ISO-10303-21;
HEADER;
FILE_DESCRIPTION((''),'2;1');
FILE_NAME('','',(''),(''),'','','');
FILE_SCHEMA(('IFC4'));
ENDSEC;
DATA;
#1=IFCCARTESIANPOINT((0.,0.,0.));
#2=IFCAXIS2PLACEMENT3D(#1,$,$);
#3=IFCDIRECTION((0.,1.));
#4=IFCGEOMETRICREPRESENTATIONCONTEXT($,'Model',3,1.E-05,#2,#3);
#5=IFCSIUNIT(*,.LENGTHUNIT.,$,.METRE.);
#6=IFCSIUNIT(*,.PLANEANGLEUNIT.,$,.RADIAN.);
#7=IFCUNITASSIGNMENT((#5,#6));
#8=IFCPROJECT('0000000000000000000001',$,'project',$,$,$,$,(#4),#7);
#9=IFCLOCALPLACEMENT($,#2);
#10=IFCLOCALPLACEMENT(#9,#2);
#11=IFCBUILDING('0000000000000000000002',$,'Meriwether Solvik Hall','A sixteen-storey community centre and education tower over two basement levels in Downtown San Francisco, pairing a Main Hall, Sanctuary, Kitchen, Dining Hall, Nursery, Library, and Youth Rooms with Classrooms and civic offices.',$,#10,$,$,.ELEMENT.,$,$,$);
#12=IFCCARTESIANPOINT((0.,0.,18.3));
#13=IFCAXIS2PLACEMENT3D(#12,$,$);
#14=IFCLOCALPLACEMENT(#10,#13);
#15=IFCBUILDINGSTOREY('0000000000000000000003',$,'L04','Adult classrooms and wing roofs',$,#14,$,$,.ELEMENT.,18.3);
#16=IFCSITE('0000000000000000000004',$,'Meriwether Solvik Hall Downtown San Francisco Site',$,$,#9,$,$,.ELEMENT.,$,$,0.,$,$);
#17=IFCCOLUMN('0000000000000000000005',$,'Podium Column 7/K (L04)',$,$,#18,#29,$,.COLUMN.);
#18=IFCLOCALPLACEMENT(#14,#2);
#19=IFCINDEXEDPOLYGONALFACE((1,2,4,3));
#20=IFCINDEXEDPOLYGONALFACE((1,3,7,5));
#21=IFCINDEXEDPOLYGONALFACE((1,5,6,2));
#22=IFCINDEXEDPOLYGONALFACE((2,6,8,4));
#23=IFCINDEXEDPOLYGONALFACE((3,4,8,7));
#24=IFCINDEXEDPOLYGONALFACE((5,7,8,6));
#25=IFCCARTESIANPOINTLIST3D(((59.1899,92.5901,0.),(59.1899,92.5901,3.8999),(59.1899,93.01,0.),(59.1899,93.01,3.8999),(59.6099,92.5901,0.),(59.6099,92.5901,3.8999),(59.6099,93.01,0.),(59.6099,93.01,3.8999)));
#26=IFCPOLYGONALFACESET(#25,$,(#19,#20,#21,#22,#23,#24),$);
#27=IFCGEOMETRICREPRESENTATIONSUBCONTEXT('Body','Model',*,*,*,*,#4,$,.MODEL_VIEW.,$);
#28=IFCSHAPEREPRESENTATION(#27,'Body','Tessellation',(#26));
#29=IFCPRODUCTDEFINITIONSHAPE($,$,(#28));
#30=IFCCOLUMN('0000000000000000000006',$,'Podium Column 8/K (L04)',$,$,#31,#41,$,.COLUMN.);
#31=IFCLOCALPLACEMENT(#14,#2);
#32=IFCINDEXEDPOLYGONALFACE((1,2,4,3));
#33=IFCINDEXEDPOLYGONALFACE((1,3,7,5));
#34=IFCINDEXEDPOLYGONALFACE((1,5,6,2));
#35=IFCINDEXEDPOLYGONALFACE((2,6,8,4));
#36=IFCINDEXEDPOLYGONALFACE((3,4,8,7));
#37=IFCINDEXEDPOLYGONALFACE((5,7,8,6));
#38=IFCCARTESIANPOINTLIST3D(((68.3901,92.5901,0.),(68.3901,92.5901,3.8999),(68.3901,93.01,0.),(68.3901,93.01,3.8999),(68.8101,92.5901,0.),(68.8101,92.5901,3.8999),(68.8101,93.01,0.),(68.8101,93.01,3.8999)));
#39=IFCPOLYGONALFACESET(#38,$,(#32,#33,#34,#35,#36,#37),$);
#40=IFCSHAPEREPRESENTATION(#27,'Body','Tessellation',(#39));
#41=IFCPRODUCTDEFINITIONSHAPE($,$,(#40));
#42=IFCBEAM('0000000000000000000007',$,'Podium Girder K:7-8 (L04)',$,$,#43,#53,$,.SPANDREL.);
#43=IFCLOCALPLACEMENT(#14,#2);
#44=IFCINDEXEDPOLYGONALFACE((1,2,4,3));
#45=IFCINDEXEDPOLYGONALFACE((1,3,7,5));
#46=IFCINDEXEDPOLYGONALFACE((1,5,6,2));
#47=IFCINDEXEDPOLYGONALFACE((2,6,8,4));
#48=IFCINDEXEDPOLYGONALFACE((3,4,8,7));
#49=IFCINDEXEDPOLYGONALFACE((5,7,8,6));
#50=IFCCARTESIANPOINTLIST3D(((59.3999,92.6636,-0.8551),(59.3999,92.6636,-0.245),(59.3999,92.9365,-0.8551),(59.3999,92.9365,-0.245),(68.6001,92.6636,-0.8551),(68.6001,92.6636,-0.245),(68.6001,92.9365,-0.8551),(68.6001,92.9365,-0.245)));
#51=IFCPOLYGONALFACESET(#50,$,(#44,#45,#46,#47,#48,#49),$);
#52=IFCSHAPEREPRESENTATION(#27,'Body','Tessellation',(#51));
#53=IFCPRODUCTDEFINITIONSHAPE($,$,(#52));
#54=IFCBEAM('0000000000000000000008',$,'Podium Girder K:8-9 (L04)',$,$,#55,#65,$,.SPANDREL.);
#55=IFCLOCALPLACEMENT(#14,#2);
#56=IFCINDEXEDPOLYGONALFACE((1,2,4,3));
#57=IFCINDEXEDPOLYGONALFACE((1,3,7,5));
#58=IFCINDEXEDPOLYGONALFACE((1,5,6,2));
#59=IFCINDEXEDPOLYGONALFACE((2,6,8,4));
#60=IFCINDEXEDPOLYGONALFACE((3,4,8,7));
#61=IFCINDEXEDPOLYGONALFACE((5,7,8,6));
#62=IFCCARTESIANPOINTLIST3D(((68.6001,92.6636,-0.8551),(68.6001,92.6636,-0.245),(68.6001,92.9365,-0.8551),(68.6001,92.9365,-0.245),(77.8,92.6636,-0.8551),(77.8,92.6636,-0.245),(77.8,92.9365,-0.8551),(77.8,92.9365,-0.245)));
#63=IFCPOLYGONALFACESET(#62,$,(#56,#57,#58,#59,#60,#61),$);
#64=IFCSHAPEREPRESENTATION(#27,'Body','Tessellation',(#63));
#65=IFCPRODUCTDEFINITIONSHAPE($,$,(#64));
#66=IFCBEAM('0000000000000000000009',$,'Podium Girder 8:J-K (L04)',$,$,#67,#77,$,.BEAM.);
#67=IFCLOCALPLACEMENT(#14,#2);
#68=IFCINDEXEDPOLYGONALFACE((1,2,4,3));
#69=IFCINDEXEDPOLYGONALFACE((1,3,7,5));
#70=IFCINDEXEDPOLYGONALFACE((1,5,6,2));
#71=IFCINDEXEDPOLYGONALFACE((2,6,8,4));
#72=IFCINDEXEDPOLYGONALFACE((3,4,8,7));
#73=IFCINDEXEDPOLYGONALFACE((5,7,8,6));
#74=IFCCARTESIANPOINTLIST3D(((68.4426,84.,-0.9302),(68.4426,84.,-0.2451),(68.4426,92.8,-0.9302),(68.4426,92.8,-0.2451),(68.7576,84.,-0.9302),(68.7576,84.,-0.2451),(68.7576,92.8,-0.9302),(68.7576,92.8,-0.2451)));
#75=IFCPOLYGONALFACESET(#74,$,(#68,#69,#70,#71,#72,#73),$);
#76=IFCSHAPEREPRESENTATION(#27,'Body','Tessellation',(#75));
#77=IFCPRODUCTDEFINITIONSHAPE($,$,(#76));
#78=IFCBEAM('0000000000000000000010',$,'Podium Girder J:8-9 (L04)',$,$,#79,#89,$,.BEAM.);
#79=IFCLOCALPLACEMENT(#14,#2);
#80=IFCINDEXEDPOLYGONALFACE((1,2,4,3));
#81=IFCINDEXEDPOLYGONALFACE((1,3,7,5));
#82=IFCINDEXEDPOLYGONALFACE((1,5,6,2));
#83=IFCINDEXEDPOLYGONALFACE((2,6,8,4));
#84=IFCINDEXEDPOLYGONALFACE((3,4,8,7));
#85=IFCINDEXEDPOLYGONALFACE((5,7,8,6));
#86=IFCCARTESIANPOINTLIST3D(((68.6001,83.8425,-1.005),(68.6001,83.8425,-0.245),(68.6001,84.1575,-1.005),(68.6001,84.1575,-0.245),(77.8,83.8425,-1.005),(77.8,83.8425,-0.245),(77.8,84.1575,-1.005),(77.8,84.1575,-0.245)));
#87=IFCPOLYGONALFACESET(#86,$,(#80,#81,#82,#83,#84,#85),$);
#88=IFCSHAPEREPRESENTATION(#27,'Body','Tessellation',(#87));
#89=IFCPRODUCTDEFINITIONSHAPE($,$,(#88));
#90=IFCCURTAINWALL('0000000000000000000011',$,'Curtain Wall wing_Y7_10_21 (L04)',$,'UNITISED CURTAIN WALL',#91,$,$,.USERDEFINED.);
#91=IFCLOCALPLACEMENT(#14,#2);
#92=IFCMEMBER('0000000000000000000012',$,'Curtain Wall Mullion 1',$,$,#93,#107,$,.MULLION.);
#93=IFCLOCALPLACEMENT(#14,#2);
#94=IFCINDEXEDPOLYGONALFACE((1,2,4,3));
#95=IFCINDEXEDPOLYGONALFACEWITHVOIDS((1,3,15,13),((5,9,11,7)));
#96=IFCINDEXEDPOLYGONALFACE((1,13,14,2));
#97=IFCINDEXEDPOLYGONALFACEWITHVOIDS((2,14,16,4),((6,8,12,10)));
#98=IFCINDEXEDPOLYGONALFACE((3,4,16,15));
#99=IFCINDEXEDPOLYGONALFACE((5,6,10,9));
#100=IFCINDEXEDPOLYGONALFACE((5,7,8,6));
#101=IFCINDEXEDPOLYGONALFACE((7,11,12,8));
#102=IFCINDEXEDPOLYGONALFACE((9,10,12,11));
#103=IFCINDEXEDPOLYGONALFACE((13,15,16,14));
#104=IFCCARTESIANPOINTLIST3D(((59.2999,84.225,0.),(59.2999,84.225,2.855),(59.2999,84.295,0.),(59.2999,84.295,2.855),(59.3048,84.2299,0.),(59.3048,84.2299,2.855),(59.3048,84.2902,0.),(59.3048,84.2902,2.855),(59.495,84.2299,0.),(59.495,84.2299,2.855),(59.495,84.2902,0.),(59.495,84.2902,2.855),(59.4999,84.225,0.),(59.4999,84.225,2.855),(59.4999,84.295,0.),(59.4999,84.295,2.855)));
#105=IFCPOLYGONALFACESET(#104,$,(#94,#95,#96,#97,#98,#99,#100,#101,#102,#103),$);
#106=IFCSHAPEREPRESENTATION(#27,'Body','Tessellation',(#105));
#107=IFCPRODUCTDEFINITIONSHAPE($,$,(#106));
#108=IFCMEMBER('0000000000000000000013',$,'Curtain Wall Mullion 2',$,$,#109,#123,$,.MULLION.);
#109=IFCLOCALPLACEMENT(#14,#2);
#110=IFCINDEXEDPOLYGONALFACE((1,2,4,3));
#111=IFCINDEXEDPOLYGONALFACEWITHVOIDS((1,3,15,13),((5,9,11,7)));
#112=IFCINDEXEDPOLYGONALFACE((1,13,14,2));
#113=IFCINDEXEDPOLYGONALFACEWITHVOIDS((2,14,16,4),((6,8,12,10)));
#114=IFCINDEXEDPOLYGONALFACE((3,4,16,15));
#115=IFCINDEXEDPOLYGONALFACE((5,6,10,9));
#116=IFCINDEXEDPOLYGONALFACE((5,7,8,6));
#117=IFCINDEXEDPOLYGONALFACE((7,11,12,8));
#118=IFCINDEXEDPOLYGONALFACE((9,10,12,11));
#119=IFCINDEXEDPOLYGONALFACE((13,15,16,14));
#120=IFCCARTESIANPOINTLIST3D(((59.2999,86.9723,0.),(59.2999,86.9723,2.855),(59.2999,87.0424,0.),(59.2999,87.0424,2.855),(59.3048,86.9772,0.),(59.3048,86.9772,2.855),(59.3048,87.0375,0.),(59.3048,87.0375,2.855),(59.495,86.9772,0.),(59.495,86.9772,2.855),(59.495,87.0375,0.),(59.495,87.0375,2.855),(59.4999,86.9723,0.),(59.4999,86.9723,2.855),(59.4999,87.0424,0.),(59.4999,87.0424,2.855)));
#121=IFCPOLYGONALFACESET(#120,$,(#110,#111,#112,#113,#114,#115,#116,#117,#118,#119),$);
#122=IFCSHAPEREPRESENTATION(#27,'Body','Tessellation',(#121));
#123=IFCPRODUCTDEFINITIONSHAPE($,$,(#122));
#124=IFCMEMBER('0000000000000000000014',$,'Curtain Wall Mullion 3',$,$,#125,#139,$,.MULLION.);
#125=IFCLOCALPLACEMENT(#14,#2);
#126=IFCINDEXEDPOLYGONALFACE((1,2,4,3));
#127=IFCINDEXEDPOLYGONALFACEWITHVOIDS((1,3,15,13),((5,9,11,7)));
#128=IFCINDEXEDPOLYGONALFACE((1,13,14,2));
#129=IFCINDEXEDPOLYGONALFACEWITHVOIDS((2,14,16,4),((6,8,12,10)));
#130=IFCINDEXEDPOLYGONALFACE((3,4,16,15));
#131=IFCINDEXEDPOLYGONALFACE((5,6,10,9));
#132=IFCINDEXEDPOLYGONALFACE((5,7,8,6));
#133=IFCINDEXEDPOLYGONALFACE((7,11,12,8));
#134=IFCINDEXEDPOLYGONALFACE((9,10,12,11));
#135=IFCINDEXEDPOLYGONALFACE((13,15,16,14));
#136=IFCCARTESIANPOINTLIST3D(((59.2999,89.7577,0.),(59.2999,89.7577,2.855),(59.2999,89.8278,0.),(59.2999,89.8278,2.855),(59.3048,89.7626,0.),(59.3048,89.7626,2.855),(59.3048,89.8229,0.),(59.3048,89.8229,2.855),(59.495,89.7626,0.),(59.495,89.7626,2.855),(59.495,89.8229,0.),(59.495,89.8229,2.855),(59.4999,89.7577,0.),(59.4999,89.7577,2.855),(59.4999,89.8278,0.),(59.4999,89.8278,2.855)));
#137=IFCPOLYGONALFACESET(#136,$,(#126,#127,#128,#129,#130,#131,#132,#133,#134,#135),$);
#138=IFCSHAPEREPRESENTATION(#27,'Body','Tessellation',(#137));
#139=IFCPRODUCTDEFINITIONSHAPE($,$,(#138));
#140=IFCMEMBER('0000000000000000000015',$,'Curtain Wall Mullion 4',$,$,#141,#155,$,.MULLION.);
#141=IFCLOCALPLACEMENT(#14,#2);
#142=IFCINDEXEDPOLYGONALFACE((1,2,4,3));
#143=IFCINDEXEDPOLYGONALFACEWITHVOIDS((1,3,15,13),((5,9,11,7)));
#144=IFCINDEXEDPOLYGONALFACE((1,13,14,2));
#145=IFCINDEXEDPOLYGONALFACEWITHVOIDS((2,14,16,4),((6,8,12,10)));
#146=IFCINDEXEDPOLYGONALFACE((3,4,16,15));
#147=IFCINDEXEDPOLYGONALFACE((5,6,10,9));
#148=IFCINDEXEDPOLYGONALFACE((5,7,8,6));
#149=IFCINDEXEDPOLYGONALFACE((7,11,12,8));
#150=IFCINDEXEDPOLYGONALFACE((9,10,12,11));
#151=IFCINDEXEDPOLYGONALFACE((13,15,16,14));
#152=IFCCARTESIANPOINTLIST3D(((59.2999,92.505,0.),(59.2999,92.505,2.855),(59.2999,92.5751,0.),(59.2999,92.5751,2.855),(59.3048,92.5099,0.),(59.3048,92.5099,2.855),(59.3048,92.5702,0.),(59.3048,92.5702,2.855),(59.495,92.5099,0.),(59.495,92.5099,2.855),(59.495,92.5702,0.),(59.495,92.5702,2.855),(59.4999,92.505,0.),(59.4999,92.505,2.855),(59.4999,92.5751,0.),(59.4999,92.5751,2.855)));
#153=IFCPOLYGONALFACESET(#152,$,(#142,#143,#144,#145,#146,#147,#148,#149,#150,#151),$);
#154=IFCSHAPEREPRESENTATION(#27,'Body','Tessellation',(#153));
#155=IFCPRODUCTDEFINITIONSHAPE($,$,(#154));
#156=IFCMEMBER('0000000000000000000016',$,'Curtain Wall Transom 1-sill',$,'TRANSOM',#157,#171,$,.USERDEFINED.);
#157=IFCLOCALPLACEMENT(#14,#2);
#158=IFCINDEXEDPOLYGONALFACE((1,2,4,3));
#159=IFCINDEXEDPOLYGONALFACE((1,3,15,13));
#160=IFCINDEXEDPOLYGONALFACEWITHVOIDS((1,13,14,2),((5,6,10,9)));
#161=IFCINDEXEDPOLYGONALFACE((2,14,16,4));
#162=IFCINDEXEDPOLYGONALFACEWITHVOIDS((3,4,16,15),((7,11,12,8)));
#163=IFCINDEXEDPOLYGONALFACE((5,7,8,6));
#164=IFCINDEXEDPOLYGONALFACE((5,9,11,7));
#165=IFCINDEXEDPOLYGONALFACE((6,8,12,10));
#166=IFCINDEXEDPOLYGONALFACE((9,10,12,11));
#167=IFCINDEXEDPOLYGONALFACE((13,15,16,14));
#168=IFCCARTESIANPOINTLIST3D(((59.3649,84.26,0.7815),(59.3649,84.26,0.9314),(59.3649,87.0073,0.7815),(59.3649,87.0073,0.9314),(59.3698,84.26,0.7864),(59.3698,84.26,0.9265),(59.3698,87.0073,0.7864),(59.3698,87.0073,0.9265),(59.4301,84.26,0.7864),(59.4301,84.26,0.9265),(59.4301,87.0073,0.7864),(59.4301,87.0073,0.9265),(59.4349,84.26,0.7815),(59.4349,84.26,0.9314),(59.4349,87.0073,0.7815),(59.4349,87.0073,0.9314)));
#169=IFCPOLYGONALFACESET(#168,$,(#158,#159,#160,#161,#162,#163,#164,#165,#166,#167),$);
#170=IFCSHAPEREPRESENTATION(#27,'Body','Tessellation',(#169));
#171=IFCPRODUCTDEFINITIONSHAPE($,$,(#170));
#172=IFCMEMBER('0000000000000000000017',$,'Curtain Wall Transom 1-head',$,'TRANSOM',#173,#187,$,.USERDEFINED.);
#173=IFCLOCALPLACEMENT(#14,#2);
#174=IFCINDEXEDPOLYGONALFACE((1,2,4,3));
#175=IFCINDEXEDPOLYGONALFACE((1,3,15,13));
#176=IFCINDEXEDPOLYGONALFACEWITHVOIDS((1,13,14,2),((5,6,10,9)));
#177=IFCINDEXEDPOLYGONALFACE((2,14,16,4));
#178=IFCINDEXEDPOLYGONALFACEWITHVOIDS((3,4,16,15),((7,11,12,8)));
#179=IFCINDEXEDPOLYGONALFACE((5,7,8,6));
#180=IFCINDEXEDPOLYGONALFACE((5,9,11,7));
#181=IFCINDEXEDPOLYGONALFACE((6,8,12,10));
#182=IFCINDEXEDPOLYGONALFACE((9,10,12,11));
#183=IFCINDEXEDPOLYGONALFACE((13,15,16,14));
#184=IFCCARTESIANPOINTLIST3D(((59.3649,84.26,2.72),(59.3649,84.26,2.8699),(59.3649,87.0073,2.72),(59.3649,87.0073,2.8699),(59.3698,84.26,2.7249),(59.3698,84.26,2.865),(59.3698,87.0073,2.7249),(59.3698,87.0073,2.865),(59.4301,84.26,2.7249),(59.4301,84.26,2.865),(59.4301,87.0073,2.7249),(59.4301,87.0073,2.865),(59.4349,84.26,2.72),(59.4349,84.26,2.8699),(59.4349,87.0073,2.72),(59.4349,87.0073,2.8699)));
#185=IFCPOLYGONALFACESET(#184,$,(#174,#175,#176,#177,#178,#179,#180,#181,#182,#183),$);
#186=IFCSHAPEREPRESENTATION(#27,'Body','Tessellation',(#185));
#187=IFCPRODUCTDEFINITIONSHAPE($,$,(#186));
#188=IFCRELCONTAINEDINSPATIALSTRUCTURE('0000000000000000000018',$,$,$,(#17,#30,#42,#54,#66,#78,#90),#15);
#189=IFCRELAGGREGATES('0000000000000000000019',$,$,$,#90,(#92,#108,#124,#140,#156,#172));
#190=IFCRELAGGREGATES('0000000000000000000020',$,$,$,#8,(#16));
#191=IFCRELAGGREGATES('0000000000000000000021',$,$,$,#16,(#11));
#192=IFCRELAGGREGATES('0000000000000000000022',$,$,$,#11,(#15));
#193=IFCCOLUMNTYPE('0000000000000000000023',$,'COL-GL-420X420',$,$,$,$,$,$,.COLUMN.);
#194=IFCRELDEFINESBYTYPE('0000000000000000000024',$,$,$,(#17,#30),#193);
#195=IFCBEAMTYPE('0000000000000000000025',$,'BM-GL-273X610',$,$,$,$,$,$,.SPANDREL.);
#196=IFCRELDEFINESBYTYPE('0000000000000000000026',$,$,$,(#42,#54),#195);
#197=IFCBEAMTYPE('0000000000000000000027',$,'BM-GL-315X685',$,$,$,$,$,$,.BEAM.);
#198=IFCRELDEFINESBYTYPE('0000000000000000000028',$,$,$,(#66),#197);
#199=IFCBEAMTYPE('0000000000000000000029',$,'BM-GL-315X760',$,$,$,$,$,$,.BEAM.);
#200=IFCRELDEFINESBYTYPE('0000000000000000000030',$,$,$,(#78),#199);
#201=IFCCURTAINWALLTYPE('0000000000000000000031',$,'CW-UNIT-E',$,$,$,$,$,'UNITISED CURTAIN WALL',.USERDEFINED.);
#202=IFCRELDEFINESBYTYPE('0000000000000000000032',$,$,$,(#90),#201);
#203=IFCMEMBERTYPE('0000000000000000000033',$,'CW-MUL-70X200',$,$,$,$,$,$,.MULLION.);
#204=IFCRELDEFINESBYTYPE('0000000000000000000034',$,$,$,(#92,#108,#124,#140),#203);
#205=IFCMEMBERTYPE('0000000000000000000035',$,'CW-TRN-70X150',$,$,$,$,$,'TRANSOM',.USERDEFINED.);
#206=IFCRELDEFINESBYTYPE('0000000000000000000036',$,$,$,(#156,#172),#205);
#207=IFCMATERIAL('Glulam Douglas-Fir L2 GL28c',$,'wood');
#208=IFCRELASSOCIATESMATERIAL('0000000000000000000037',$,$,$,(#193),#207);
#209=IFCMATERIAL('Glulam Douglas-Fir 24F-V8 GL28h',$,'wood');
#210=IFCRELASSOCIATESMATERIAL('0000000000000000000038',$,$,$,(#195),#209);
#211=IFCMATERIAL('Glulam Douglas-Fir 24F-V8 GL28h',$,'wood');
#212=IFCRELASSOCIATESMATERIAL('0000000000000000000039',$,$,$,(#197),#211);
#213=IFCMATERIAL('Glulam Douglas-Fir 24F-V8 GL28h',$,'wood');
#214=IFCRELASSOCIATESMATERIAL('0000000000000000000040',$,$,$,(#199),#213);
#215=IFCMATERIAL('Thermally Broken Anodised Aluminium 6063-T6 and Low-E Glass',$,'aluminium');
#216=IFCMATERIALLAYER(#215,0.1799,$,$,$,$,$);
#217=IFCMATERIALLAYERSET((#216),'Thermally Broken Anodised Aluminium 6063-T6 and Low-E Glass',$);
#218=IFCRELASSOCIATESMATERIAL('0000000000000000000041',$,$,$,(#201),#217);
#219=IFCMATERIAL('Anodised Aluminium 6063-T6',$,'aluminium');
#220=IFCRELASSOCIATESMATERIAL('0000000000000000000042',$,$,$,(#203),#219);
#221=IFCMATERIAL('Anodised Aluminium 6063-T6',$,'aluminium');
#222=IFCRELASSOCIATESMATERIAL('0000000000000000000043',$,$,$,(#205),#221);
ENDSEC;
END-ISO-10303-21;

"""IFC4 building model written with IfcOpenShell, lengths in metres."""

from ifc_helpers import new_model, si_unit, direction, frame, origin, origin_2d, place, context, subcontext, project, spatial, rectangle, hollow_rectangle, extrude, material, layer, layer_set, material_profile, profile_set, type_object, element, aggregate, save


model = new_model("IFC4")

# Units and contexts
model_context = context("Model", 3, precision=1e-05, world=origin(), true_north=direction((0.0, 1.0)))
body_context = subcontext(model_context, "Body", "Model", "MODEL_VIEW")
ifc_project = project(units=[si_unit("LENGTHUNIT", "METRE"), si_unit("PLANEANGLEUNIT", "RADIAN")], contexts=[model_context])

# Site, building, storey
site_placement = place(None, origin())
site = spatial("IfcSite", under=ifc_project, at=site_placement, Name="Meriwether Solvik Hall Downtown San Francisco Site", CompositionType="ELEMENT", RefElevation=0.0)
building_placement = place(site_placement, origin())
building = spatial("IfcBuilding", under=site, at=building_placement, Name="Meriwether Solvik Hall", Description="A sixteen-storey community centre and education tower over two basement levels in Downtown San Francisco, pairing a Main Hall, Sanctuary, Kitchen, Dining Hall, Nursery, Library, and Youth Rooms with Classrooms and civic offices.", CompositionType="ELEMENT")
storey_placement = place(building_placement, frame((0.0, 0.0, 18.3)))
storey = spatial("IfcBuildingStorey", under=building, at=storey_placement, Name="L04", Description="Adult classrooms and wing roofs", CompositionType="ELEMENT", Elevation=18.3)

# Columns
ifc_material_1 = material(Name="Glulam Douglas-Fir L2 GL28c", Category="wood")
ifc_material_profile_1 = material_profile(ifc_material_1, rectangle(XDim=0.4199, YDim=0.4199, at=origin_2d()), Name="GLC-420X420")
ifc_profile_set_1 = profile_set([ifc_material_profile_1], Name="Glulam Douglas-Fir L2 GL28c")
column_type = type_object("IfcColumnType", Name="COL-GL-420X420", PredefinedType="COLUMN", material=ifc_profile_set_1)
for number, where, z_axis, x_axis, name in (
    (1, (59.3999, 92.8, 0.0), (0.0, 0.0, 1.0), (1.0, 0.0, 0.0), "Podium Column 7/K (L04)"),
    (2, (68.6001, 92.8, 0.0), (0.0, 0.0, 1.0), (1.0, 0.0, 0.0), "Podium Column 8/K (L04)"),
):
    element("IfcColumn", number, at=place(storey_placement, frame(where, z_axis=z_axis, x_axis=x_axis)), inside=storey, type_object=column_type, Name=name, PredefinedType="COLUMN", context=body_context, shape_type="SweptSolid", body=[
        extrude(rectangle(XDim=0.4199, YDim=0.4199, at=origin_2d()), origin(), (0.0, 0.0, 1.0), 3.8999),
    ])

# Beams
ifc_material_2 = material(Name="Glulam Douglas-Fir 24F-V8 GL28h", Category="wood")
ifc_material_profile_2 = material_profile(ifc_material_2, rectangle(XDim=0.2729, YDim=0.6101, at=origin_2d()), Name="GLB-273X610")
ifc_profile_set_2 = profile_set([ifc_material_profile_2], Name="Glulam Douglas-Fir 24F-V8 GL28h")
beam_type_1 = type_object("IfcBeamType", Name="BM-GL-273X610", PredefinedType="SPANDREL", material=ifc_profile_set_2)
beam_1_placement = place(storey_placement, frame((59.3999, 92.8, -0.55), z_axis=(1.0, 0.0, 0.0), x_axis=(0.0, 1.0, 0.0)))
element("IfcBeam", 3, at=beam_1_placement, inside=storey, type_object=beam_type_1, Name="Podium Girder K:7-8 (L04)", PredefinedType="SPANDREL", context=body_context, shape_type="SweptSolid", body=[
    extrude(rectangle(XDim=0.2729, YDim=0.6101, at=origin_2d()), origin(), (0.0, 0.0, 1.0), 9.2002),
])
beam_2_placement = place(storey_placement, frame((68.6001, 92.8, -0.55), z_axis=(1.0, 0.0, 0.0), x_axis=(0.0, 1.0, 0.0)))
element("IfcBeam", 4, at=beam_2_placement, inside=storey, type_object=beam_type_1, Name="Podium Girder K:8-9 (L04)", PredefinedType="SPANDREL", context=body_context, shape_type="SweptSolid", body=[
    extrude(rectangle(XDim=0.2729, YDim=0.6101, at=origin_2d()), origin(), (0.0, 0.0, 1.0), 9.2),
])
ifc_material_3 = material(Name="Glulam Douglas-Fir 24F-V8 GL28h", Category="wood")
ifc_material_profile_3 = material_profile(ifc_material_3, rectangle(XDim=0.3149, YDim=0.6851, at=origin_2d()), Name="GLB-315X685")
ifc_profile_set_3 = profile_set([ifc_material_profile_3], Name="Glulam Douglas-Fir 24F-V8 GL28h")
beam_type_2 = type_object("IfcBeamType", Name="BM-GL-315X685", PredefinedType="BEAM", material=ifc_profile_set_3)
beam_3_placement = place(storey_placement, frame((68.6001, 84.0, -0.5876), z_axis=(0.0, 1.0, 0.0), x_axis=(-1.0, 0.0, 0.0)))
element("IfcBeam", 5, at=beam_3_placement, inside=storey, type_object=beam_type_2, Name="Podium Girder 8:J-K (L04)", PredefinedType="BEAM", context=body_context, shape_type="SweptSolid", body=[
    extrude(rectangle(XDim=0.3149, YDim=0.6851, at=origin_2d()), origin(), (0.0, 0.0, 1.0), 8.8),
])
ifc_material_4 = material(Name="Glulam Douglas-Fir 24F-V8 GL28h", Category="wood")
ifc_material_profile_4 = material_profile(ifc_material_4, rectangle(XDim=0.3149, YDim=0.76, at=origin_2d()), Name="GLB-315X760")
ifc_profile_set_4 = profile_set([ifc_material_profile_4], Name="Glulam Douglas-Fir 24F-V8 GL28h")
beam_type_3 = type_object("IfcBeamType", Name="BM-GL-315X760", PredefinedType="BEAM", material=ifc_profile_set_4)
beam_4_placement = place(storey_placement, frame((68.6001, 84.0, -0.625), z_axis=(1.0, 0.0, 0.0), x_axis=(0.0, 1.0, 0.0)))
element("IfcBeam", 6, at=beam_4_placement, inside=storey, type_object=beam_type_3, Name="Podium Girder J:8-9 (L04)", PredefinedType="BEAM", context=body_context, shape_type="SweptSolid", body=[
    extrude(rectangle(XDim=0.3149, YDim=0.76, at=origin_2d()), origin(), (0.0, 0.0, 1.0), 9.2),
])

# Curtain wall, members
ifc_material_5 = material(Name="Thermally Broken Anodised Aluminium 6063-T6 and Low-E Glass", Category="aluminium")
ifc_layer_1 = layer(ifc_material_5, 0.1799)
ifc_layer_set_1 = layer_set([ifc_layer_1], Name="Thermally Broken Anodised Aluminium 6063-T6 and Low-E Glass")
curtain_wall_type = type_object("IfcCurtainWallType", Name="CW-UNIT-E", ElementType="UNITISED CURTAIN WALL", PredefinedType="USERDEFINED", material=ifc_layer_set_1)
curtain_wall_placement = place(storey_placement, origin())
curtain_wall = element("IfcCurtainWall", 7, at=curtain_wall_placement, inside=storey, type_object=curtain_wall_type, Name="Curtain Wall wing_Y7_10_21 (L04)", ObjectType="UNITISED CURTAIN WALL", PredefinedType="USERDEFINED")
ifc_material_6 = material(Name="Anodised Aluminium 6063-T6", Category="aluminium")
ifc_material_profile_5 = material_profile(ifc_material_6, hollow_rectangle(XDim=0.0701, YDim=0.2, WallThickness=0.0049, at=origin_2d()), Name="CWM-70X200")
ifc_profile_set_5 = profile_set([ifc_material_profile_5], Name="Anodised Aluminium 6063-T6")
member_type_1 = type_object("IfcMemberType", Name="CW-MUL-70X200", PredefinedType="MULLION", material=ifc_profile_set_5)
member_1_placement = place(storey_placement, frame((59.3999, 84.26, 0.0), z_axis=(0.0, 0.0, 1.0), x_axis=(0.0, 1.0, 0.0)))
member_1 = element("IfcMember", 8, at=member_1_placement, type_object=member_type_1, Name="Curtain Wall Mullion 1", PredefinedType="MULLION", context=body_context, shape_type="SweptSolid", body=[
    extrude(hollow_rectangle(XDim=0.0701, YDim=0.2, WallThickness=0.0049, at=origin_2d()), origin(), (0.0, 0.0, 1.0), 2.855),
])
member_2_placement = place(storey_placement, frame((59.3999, 87.0073, 0.0), z_axis=(0.0, 0.0, 1.0), x_axis=(0.0, 1.0, 0.0)))
member_2 = element("IfcMember", 9, at=member_2_placement, type_object=member_type_1, Name="Curtain Wall Mullion 2", PredefinedType="MULLION", context=body_context, shape_type="SweptSolid", body=[
    extrude(hollow_rectangle(XDim=0.0701, YDim=0.2, WallThickness=0.0049, at=origin_2d()), origin(), (0.0, 0.0, 1.0), 2.855),
])
member_3_placement = place(storey_placement, frame((59.3999, 89.7927, 0.0), z_axis=(0.0, 0.0, 1.0), x_axis=(0.0, 1.0, 0.0)))
member_3 = element("IfcMember", 10, at=member_3_placement, type_object=member_type_1, Name="Curtain Wall Mullion 3", PredefinedType="MULLION", context=body_context, shape_type="SweptSolid", body=[
    extrude(hollow_rectangle(XDim=0.0701, YDim=0.2, WallThickness=0.0049, at=origin_2d()), origin(), (0.0, 0.0, 1.0), 2.855),
])
member_4_placement = place(storey_placement, frame((59.3999, 92.54, 0.0), z_axis=(0.0, 0.0, 1.0), x_axis=(0.0, 1.0, 0.0)))
member_4 = element("IfcMember", 11, at=member_4_placement, type_object=member_type_1, Name="Curtain Wall Mullion 4", PredefinedType="MULLION", context=body_context, shape_type="SweptSolid", body=[
    extrude(hollow_rectangle(XDim=0.0701, YDim=0.2, WallThickness=0.0049, at=origin_2d()), origin(), (0.0, 0.0, 1.0), 2.855),
])
ifc_material_7 = material(Name="Anodised Aluminium 6063-T6", Category="aluminium")
ifc_material_profile_6 = material_profile(ifc_material_7, hollow_rectangle(XDim=0.0701, YDim=0.1499, WallThickness=0.0049, at=origin_2d()), Name="CWT-70X150")
ifc_profile_set_6 = profile_set([ifc_material_profile_6], Name="Anodised Aluminium 6063-T6")
member_type_2 = type_object("IfcMemberType", Name="CW-TRN-70X150", ElementType="TRANSOM", PredefinedType="USERDEFINED", material=ifc_profile_set_6)
member_5_placement = place(storey_placement, frame((59.3999, 84.26, 0.8564), z_axis=(0.0, 1.0, 0.0), x_axis=(-1.0, 0.0, 0.0)))
member_5 = element("IfcMember", 12, at=member_5_placement, type_object=member_type_2, Name="Curtain Wall Transom 1-sill", ObjectType="TRANSOM", PredefinedType="USERDEFINED", context=body_context, shape_type="SweptSolid", body=[
    extrude(hollow_rectangle(XDim=0.0701, YDim=0.1499, WallThickness=0.0049, at=origin_2d()), origin(), (0.0, 0.0, 1.0), 2.7473),
])
member_6_placement = place(storey_placement, frame((59.3999, 84.26, 2.7949), z_axis=(0.0, 1.0, 0.0), x_axis=(-1.0, 0.0, 0.0)))
member_6 = element("IfcMember", 13, at=member_6_placement, type_object=member_type_2, Name="Curtain Wall Transom 1-head", ObjectType="TRANSOM", PredefinedType="USERDEFINED", context=body_context, shape_type="SweptSolid", body=[
    extrude(hollow_rectangle(XDim=0.0701, YDim=0.1499, WallThickness=0.0049, at=origin_2d()), origin(), (0.0, 0.0, 1.0), 2.7473),
])

aggregate(curtain_wall, [member_1, member_2, member_3, member_4, member_5, member_6])

save(model, "model.ifc")
